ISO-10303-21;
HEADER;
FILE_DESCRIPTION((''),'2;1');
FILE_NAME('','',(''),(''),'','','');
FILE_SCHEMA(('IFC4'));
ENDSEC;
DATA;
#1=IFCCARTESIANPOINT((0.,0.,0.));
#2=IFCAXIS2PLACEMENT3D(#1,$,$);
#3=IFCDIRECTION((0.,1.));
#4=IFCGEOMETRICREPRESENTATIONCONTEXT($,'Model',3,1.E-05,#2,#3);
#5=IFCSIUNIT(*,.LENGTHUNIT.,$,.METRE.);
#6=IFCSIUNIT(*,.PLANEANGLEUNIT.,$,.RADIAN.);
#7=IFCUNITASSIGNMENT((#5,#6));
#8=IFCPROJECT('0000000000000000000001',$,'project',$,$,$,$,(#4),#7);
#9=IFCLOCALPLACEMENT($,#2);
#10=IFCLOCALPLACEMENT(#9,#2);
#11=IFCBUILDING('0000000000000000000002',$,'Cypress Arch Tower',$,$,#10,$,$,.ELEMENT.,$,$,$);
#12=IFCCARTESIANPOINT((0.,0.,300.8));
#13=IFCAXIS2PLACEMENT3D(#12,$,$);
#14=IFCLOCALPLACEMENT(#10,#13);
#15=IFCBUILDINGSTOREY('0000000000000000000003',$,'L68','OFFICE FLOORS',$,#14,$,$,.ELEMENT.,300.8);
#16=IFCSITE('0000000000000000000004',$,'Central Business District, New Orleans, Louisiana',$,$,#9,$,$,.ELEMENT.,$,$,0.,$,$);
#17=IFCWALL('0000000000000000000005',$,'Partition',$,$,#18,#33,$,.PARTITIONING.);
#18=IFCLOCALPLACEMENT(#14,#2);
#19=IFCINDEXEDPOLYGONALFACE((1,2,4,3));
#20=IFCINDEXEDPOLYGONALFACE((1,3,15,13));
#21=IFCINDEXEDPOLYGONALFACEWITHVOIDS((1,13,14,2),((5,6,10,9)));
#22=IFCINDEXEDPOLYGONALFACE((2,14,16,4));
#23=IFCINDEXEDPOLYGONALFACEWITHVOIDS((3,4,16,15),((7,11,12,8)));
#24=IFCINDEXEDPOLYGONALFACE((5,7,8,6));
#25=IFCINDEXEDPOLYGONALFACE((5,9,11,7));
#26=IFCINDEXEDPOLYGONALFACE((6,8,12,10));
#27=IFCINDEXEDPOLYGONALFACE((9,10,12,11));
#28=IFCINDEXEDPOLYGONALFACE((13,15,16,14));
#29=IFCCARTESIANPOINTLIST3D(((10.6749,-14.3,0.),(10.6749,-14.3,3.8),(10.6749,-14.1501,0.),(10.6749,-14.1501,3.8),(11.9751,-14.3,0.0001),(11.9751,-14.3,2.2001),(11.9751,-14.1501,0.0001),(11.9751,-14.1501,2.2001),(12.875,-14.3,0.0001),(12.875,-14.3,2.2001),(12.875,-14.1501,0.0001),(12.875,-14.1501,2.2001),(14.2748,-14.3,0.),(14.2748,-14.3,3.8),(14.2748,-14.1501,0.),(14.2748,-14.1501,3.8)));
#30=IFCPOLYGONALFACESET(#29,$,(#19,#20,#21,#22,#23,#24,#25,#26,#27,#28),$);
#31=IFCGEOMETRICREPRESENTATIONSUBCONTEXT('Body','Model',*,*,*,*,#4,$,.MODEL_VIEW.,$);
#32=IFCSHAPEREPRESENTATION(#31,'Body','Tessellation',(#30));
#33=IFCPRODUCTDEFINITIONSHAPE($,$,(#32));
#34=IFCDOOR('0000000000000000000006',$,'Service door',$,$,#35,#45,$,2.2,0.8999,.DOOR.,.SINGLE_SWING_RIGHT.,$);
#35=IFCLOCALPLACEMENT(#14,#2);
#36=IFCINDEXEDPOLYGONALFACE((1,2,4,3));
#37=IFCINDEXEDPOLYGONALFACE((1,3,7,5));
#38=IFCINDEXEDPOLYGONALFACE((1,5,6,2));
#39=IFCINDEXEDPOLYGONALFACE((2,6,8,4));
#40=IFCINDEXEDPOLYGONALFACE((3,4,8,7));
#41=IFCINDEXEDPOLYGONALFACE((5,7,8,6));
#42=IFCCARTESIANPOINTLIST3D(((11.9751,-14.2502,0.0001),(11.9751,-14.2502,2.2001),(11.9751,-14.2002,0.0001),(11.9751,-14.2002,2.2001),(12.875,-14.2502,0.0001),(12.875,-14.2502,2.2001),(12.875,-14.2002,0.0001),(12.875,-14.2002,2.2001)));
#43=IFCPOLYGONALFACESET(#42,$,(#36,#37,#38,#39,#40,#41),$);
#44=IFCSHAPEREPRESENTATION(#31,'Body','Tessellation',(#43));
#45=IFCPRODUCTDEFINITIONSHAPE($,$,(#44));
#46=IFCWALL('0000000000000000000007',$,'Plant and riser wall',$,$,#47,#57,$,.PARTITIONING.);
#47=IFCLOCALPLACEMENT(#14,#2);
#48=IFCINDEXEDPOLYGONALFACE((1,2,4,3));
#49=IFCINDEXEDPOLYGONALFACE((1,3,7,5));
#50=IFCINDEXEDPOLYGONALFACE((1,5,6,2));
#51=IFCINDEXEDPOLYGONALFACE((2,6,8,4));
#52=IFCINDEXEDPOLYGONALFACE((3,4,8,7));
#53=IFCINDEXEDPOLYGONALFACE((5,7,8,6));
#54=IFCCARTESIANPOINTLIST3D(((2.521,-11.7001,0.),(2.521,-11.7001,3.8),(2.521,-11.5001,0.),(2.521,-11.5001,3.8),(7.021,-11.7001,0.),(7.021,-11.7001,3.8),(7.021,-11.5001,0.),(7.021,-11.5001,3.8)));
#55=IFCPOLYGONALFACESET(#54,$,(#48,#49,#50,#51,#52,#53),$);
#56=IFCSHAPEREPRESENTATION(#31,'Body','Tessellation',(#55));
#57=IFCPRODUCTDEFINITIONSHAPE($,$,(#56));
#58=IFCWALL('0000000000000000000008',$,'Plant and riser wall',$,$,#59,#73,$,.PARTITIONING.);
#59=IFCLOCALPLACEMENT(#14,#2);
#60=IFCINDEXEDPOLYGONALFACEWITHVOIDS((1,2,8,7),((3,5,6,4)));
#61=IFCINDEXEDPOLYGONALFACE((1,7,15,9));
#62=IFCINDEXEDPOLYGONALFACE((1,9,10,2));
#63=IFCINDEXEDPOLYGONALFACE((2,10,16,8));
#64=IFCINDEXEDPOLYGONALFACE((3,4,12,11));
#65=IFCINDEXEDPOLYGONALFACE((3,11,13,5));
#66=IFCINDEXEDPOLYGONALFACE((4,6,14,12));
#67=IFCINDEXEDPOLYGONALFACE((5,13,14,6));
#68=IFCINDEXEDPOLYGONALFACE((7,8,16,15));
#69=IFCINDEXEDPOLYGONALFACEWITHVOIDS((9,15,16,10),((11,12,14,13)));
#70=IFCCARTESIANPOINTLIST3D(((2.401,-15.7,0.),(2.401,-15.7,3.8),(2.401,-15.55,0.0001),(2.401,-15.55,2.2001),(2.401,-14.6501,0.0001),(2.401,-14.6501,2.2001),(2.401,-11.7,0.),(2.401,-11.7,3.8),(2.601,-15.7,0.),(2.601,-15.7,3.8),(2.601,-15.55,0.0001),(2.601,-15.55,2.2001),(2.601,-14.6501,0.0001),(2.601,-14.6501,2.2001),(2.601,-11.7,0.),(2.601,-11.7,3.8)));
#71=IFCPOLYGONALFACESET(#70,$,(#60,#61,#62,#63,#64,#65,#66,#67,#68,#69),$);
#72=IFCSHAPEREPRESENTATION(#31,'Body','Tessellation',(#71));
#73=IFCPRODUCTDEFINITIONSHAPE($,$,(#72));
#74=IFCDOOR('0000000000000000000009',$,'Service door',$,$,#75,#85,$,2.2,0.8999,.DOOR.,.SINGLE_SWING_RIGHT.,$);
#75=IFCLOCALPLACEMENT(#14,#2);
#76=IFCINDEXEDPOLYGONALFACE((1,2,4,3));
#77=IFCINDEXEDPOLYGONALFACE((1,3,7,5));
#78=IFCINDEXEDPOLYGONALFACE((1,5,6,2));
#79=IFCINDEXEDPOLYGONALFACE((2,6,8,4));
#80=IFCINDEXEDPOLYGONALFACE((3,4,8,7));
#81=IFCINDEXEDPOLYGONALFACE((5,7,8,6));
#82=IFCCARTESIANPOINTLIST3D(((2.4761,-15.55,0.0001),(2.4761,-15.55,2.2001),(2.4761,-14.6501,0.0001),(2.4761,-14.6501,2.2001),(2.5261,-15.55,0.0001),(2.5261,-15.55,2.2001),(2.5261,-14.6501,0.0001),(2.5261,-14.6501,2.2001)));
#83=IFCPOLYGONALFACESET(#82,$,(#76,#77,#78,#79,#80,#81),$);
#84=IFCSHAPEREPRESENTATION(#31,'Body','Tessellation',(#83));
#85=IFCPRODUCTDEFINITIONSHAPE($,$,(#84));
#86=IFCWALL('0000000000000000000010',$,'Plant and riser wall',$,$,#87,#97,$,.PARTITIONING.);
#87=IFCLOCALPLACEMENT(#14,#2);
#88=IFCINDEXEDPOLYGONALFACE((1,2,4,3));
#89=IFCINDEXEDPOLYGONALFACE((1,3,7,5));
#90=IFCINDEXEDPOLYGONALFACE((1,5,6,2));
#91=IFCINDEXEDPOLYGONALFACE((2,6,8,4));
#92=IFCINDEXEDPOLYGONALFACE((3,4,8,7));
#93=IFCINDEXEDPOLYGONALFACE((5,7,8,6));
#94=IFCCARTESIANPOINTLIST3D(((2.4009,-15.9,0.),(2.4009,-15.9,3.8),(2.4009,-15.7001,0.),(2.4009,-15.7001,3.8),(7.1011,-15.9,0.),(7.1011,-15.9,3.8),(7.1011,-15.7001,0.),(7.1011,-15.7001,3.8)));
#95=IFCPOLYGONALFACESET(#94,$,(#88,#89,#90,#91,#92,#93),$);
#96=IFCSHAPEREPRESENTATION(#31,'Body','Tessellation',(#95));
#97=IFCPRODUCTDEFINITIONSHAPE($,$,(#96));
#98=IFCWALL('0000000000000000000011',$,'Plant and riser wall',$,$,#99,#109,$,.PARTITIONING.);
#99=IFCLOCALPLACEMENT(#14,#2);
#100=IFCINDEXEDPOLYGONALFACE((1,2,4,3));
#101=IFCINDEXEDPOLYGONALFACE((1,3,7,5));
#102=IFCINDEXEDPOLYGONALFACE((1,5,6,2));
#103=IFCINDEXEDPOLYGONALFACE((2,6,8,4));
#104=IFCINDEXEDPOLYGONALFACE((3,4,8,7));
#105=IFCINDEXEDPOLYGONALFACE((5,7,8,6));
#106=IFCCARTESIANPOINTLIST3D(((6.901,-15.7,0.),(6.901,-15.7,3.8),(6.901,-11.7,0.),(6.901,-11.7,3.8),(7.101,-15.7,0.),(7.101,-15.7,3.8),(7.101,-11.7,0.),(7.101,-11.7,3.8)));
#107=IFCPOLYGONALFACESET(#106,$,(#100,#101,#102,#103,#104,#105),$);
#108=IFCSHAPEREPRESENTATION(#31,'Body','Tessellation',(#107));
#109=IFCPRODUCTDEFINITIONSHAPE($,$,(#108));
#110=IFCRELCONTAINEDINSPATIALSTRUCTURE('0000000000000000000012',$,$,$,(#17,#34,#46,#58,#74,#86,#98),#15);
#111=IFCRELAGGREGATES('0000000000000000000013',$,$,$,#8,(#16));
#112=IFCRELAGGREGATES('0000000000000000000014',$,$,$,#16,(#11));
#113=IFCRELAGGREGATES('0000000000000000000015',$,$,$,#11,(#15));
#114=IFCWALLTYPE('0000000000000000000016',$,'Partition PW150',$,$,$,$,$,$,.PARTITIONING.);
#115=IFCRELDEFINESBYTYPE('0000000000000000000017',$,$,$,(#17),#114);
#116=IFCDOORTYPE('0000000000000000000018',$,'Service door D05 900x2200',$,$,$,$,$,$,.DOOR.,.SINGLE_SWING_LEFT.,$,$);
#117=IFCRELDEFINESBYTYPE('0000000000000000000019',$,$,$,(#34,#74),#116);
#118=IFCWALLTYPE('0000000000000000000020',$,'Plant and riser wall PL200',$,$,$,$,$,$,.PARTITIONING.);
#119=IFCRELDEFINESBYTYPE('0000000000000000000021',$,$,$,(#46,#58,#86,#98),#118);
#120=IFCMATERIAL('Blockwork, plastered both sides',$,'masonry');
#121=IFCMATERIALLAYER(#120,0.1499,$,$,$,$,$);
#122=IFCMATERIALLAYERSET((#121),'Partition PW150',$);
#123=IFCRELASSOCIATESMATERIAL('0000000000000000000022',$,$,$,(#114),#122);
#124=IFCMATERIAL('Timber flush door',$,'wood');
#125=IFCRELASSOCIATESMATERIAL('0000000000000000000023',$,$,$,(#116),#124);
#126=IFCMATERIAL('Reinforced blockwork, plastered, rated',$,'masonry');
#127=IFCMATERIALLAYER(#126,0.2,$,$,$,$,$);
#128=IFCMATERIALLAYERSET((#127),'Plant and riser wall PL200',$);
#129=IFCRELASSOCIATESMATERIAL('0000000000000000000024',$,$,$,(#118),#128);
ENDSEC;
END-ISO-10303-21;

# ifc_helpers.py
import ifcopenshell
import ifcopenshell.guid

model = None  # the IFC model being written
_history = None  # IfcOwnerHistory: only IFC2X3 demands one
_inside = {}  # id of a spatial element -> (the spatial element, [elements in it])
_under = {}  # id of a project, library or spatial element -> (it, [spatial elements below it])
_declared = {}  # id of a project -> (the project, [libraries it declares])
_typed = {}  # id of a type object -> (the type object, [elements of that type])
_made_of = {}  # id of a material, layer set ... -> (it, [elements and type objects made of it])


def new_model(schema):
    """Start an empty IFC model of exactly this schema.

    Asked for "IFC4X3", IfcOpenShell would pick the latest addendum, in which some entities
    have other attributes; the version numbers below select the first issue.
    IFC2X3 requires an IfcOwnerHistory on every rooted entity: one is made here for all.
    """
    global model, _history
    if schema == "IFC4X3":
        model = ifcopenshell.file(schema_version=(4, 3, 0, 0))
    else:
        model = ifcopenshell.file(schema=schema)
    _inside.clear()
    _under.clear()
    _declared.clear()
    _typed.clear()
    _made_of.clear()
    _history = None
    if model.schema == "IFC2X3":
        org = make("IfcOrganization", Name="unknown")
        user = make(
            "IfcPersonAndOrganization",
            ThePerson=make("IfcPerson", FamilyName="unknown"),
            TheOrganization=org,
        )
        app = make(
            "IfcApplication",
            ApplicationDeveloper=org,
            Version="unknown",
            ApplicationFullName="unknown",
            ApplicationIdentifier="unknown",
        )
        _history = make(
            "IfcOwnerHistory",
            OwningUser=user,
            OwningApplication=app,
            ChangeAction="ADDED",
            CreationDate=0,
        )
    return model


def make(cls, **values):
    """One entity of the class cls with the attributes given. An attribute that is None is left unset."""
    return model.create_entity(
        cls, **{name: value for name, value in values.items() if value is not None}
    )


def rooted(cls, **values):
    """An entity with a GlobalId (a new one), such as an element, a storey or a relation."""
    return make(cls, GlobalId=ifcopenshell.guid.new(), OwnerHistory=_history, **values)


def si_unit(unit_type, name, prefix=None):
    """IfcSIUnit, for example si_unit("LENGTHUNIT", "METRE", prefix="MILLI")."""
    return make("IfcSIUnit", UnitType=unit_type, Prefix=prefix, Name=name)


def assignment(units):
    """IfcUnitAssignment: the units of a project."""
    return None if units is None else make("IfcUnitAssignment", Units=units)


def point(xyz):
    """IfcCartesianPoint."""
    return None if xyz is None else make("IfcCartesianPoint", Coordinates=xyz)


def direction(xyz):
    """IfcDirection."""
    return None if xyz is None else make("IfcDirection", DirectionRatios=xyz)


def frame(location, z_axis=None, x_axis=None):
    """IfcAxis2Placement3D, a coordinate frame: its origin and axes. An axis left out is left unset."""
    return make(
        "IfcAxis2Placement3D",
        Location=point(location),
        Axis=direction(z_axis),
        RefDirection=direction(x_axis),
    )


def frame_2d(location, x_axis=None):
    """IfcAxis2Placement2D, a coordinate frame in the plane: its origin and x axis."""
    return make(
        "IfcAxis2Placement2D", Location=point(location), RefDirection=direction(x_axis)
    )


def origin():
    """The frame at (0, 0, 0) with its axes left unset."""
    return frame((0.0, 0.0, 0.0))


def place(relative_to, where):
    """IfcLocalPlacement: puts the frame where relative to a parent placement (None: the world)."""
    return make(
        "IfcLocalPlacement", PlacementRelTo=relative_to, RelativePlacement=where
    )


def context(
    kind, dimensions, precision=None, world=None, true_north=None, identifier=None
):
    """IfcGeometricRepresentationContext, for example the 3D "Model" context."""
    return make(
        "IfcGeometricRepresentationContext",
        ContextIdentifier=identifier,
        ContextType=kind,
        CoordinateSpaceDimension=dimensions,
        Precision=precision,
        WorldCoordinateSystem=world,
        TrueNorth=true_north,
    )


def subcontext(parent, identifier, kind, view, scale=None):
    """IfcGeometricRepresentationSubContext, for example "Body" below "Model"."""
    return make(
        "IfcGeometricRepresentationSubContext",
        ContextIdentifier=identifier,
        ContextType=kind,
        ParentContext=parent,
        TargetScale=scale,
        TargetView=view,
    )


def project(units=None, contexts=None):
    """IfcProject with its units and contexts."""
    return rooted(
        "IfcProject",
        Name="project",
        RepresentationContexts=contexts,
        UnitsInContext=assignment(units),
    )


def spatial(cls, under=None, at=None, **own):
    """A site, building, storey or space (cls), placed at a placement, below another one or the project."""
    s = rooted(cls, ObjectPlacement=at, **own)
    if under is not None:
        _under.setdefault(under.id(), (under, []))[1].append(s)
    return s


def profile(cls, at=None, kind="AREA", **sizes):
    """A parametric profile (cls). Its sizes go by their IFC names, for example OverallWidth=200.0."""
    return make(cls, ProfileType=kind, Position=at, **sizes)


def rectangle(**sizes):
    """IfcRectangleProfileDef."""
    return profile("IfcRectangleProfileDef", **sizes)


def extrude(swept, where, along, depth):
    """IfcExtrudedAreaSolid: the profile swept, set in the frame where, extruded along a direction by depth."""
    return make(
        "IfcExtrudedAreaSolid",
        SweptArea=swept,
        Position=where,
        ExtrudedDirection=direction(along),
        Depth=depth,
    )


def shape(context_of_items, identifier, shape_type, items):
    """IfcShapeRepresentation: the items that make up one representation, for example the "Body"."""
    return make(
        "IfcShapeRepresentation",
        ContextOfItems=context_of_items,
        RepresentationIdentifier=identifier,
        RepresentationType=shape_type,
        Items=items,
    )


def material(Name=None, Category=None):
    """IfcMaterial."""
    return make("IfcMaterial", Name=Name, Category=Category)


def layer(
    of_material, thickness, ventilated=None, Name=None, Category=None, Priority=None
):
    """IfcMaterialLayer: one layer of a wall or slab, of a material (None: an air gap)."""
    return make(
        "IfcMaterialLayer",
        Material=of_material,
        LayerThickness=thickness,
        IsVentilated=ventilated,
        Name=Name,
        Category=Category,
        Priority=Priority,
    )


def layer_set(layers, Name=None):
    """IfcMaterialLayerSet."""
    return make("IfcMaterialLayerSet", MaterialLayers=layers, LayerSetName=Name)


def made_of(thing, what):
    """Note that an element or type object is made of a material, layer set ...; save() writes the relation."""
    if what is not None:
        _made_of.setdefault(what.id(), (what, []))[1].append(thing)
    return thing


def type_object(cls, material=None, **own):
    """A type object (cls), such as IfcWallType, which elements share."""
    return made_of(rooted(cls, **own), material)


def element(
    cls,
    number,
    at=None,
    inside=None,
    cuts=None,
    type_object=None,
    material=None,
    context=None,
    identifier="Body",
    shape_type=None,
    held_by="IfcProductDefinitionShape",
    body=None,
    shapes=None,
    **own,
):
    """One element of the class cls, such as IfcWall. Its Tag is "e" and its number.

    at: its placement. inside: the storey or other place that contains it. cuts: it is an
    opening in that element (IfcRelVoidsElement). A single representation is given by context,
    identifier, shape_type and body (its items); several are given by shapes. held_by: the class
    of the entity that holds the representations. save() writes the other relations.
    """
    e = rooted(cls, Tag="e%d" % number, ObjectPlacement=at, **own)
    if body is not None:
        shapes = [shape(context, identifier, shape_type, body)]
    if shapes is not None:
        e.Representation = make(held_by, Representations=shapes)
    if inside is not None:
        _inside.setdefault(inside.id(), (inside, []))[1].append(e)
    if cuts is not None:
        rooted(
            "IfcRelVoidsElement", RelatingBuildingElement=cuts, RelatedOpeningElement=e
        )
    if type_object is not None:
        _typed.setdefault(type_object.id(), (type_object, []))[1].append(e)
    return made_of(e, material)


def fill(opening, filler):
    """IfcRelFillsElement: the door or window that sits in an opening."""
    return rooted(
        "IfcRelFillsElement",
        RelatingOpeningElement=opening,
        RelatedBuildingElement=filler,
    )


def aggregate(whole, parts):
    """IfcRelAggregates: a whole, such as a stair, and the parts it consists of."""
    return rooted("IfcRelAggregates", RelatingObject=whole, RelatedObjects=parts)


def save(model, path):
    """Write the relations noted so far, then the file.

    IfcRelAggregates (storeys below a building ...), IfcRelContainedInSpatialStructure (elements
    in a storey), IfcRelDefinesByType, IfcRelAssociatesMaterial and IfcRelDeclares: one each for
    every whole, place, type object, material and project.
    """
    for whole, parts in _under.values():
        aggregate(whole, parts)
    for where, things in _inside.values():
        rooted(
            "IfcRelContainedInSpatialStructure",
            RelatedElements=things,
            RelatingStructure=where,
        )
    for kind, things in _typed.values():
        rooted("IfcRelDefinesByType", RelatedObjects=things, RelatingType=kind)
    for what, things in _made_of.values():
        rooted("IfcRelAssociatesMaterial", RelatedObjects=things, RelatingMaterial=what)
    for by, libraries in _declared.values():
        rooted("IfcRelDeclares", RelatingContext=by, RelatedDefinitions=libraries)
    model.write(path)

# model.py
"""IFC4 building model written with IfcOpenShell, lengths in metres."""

from ifc_helpers import new_model, si_unit, direction, frame, frame_2d, origin, place, context, subcontext, project, spatial, rectangle, extrude, material, layer, layer_set, type_object, element, fill, save


model = new_model("IFC4")

# Units and contexts
model_context = context("Model", 3, precision=1e-05, world=origin(), true_north=direction((0.0, 1.0)))
body_context = subcontext(model_context, "Body", "Model", "MODEL_VIEW")
ifc_project = project(units=[si_unit("LENGTHUNIT", "METRE"), si_unit("PLANEANGLEUNIT", "RADIAN")], contexts=[model_context])

# Site, building, storey
site_placement = place(None, origin())
site = spatial("IfcSite", under=ifc_project, at=site_placement, Name="Central Business District, New Orleans, Louisiana", CompositionType="ELEMENT", RefElevation=0.0)
building_placement = place(site_placement, origin())
building = spatial("IfcBuilding", under=site, at=building_placement, Name="Cypress Arch Tower", CompositionType="ELEMENT")
storey_placement = place(building_placement, frame((0.0, 0.0, 300.8)))
storey = spatial("IfcBuildingStorey", under=building, at=storey_placement, Name="L68", Description="OFFICE FLOORS", CompositionType="ELEMENT", Elevation=300.8)

# Shared definitions
ifc_material_1 = material(Name="Blockwork, plastered both sides", Category="masonry")
ifc_layer_1 = layer(ifc_material_1, 0.1499)
ifc_layer_set_1 = layer_set([ifc_layer_1], Name="Partition PW150")
wall_type_1 = type_object("IfcWallType", Name="Partition PW150", PredefinedType="PARTITIONING", material=ifc_layer_set_1)

# Wall, opening, door
wall_1_placement = place(storey_placement, frame((10.675, -14.2251, 0.0), z_axis=(0.0, 0.0, 1.0), x_axis=(1.0, 0.0, 0.0)))
wall_1 = element("IfcWall", 1, at=wall_1_placement, inside=storey, type_object=wall_type_1, Name="Partition", PredefinedType="PARTITIONING", context=body_context, shape_type="SweptSolid", body=[
    extrude(rectangle(XDim=3.5999, YDim=0.1499, at=frame_2d((1.7998, 0.0))), origin(), (0.0, 0.0, 1.0), 3.8),
])
opening_1_placement = place(wall_1_placement, frame((1.3, 0.0, 0.0)))
opening_1 = element("IfcOpeningElement", 2, at=opening_1_placement, cuts=wall_1, PredefinedType="OPENING", context=body_context, shape_type="SweptSolid", body=[
    extrude(rectangle(XDim=0.8999, YDim=2.2, at=frame_2d((0.45, 1.1001))), frame((0.0, 0.085, 0.0), z_axis=(0.0, -1.0, 0.0), x_axis=(1.0, 0.0, 0.0)), (0.0, 0.0, 1.0), 0.1699),
])
ifc_material_2 = material(Name="Timber flush door", Category="wood")
door_type_1 = type_object("IfcDoorType", Name="Service door D05 900x2200", OperationType="SINGLE_SWING_LEFT", PredefinedType="DOOR", material=ifc_material_2)
door_1_placement = place(opening_1_placement, origin())
door_1 = element("IfcDoor", 3, at=door_1_placement, inside=storey, type_object=door_type_1, Name="Service door", OperationType="SINGLE_SWING_RIGHT", OverallHeight=2.2, OverallWidth=0.8999, PredefinedType="DOOR", context=body_context, shape_type="SweptSolid", body=[
    extrude(rectangle(XDim=0.8999, YDim=2.2, at=frame_2d((0.45, 1.1001))), frame((0.0, 0.0249, 0.0), z_axis=(0.0, -1.0, 0.0), x_axis=(1.0, 0.0, 0.0)), (0.0, 0.0, 1.0), 0.05),
])
fill(opening_1, door_1)

# Wall
ifc_material_3 = material(Name="Reinforced blockwork, plastered, rated", Category="masonry")
ifc_layer_2 = layer(ifc_material_3, 0.2)
ifc_layer_set_2 = layer_set([ifc_layer_2], Name="Plant and riser wall PL200")
wall_type_2 = type_object("IfcWallType", Name="Plant and riser wall PL200", PredefinedType="PARTITIONING", material=ifc_layer_set_2)
wall_2_placement = place(storey_placement, frame((2.521, -11.6001, 0.0), z_axis=(0.0, 0.0, 1.0), x_axis=(1.0, 0.0, 0.0)))
element("IfcWall", 4, at=wall_2_placement, inside=storey, type_object=wall_type_2, Name="Plant and riser wall", PredefinedType="PARTITIONING", context=body_context, shape_type="SweptSolid", body=[
    extrude(rectangle(XDim=4.5, YDim=0.2, at=frame_2d((2.25, 0.0))), origin(), (0.0, 0.0, 1.0), 3.8),
])

# Wall, opening, door
wall_3_placement = place(storey_placement, frame((2.501, -15.7, 0.0), z_axis=(0.0, 0.0, 1.0), x_axis=(0.0, 1.0, 0.0)))
wall_3 = element("IfcWall", 5, at=wall_3_placement, inside=storey, type_object=wall_type_2, Name="Plant and riser wall", PredefinedType="PARTITIONING", context=body_context, shape_type="SweptSolid", body=[
    extrude(rectangle(XDim=4.0, YDim=0.2, at=frame_2d((2.0, 0.0))), origin(), (0.0, 0.0, 1.0), 3.8),
])
opening_2_placement = place(wall_3_placement, frame((0.1499, 0.0, 0.0)))
opening_2 = element("IfcOpeningElement", 6, at=opening_2_placement, cuts=wall_3, PredefinedType="OPENING", context=body_context, shape_type="SweptSolid", body=[
    extrude(rectangle(XDim=0.8999, YDim=2.2, at=frame_2d((0.45, 1.1001))), frame((0.0, 0.1099, 0.0), z_axis=(0.0, -1.0, 0.0), x_axis=(1.0, 0.0, 0.0)), (0.0, 0.0, 1.0), 0.22),
])
door_2_placement = place(opening_2_placement, origin())
door_2 = element("IfcDoor", 7, at=door_2_placement, inside=storey, type_object=door_type_1, Name="Service door", OperationType="SINGLE_SWING_RIGHT", OverallHeight=2.2, OverallWidth=0.8999, PredefinedType="DOOR", context=body_context, shape_type="SweptSolid", body=[
    extrude(rectangle(XDim=0.8999, YDim=2.2, at=frame_2d((0.45, 1.1001))), frame((0.0, 0.0249, 0.0), z_axis=(0.0, -1.0, 0.0), x_axis=(1.0, 0.0, 0.0)), (0.0, 0.0, 1.0), 0.05),
])
fill(opening_2, door_2)

# Walls
wall_4_placement = place(storey_placement, frame((2.4009, -15.8, 0.0), z_axis=(0.0, 0.0, 1.0), x_axis=(1.0, 0.0, 0.0)))
element("IfcWall", 8, at=wall_4_placement, inside=storey, type_object=wall_type_2, Name="Plant and riser wall", PredefinedType="PARTITIONING", context=body_context, shape_type="SweptSolid", body=[
    extrude(rectangle(XDim=4.7002, YDim=0.2, at=frame_2d((2.3501, 0.0))), origin(), (0.0, 0.0, 1.0), 3.8),
])
wall_5_placement = place(storey_placement, frame((7.001, -15.7, 0.0), z_axis=(0.0, 0.0, 1.0), x_axis=(0.0, 1.0, 0.0)))
element("IfcWall", 9, at=wall_5_placement, inside=storey, type_object=wall_type_2, Name="Plant and riser wall", PredefinedType="PARTITIONING", context=body_context, shape_type="SweptSolid", body=[
    extrude(rectangle(XDim=4.0, YDim=0.2, at=frame_2d((2.0, 0.0))), origin(), (0.0, 0.0, 1.0), 3.8),
])

save(model, "model.ifc")
